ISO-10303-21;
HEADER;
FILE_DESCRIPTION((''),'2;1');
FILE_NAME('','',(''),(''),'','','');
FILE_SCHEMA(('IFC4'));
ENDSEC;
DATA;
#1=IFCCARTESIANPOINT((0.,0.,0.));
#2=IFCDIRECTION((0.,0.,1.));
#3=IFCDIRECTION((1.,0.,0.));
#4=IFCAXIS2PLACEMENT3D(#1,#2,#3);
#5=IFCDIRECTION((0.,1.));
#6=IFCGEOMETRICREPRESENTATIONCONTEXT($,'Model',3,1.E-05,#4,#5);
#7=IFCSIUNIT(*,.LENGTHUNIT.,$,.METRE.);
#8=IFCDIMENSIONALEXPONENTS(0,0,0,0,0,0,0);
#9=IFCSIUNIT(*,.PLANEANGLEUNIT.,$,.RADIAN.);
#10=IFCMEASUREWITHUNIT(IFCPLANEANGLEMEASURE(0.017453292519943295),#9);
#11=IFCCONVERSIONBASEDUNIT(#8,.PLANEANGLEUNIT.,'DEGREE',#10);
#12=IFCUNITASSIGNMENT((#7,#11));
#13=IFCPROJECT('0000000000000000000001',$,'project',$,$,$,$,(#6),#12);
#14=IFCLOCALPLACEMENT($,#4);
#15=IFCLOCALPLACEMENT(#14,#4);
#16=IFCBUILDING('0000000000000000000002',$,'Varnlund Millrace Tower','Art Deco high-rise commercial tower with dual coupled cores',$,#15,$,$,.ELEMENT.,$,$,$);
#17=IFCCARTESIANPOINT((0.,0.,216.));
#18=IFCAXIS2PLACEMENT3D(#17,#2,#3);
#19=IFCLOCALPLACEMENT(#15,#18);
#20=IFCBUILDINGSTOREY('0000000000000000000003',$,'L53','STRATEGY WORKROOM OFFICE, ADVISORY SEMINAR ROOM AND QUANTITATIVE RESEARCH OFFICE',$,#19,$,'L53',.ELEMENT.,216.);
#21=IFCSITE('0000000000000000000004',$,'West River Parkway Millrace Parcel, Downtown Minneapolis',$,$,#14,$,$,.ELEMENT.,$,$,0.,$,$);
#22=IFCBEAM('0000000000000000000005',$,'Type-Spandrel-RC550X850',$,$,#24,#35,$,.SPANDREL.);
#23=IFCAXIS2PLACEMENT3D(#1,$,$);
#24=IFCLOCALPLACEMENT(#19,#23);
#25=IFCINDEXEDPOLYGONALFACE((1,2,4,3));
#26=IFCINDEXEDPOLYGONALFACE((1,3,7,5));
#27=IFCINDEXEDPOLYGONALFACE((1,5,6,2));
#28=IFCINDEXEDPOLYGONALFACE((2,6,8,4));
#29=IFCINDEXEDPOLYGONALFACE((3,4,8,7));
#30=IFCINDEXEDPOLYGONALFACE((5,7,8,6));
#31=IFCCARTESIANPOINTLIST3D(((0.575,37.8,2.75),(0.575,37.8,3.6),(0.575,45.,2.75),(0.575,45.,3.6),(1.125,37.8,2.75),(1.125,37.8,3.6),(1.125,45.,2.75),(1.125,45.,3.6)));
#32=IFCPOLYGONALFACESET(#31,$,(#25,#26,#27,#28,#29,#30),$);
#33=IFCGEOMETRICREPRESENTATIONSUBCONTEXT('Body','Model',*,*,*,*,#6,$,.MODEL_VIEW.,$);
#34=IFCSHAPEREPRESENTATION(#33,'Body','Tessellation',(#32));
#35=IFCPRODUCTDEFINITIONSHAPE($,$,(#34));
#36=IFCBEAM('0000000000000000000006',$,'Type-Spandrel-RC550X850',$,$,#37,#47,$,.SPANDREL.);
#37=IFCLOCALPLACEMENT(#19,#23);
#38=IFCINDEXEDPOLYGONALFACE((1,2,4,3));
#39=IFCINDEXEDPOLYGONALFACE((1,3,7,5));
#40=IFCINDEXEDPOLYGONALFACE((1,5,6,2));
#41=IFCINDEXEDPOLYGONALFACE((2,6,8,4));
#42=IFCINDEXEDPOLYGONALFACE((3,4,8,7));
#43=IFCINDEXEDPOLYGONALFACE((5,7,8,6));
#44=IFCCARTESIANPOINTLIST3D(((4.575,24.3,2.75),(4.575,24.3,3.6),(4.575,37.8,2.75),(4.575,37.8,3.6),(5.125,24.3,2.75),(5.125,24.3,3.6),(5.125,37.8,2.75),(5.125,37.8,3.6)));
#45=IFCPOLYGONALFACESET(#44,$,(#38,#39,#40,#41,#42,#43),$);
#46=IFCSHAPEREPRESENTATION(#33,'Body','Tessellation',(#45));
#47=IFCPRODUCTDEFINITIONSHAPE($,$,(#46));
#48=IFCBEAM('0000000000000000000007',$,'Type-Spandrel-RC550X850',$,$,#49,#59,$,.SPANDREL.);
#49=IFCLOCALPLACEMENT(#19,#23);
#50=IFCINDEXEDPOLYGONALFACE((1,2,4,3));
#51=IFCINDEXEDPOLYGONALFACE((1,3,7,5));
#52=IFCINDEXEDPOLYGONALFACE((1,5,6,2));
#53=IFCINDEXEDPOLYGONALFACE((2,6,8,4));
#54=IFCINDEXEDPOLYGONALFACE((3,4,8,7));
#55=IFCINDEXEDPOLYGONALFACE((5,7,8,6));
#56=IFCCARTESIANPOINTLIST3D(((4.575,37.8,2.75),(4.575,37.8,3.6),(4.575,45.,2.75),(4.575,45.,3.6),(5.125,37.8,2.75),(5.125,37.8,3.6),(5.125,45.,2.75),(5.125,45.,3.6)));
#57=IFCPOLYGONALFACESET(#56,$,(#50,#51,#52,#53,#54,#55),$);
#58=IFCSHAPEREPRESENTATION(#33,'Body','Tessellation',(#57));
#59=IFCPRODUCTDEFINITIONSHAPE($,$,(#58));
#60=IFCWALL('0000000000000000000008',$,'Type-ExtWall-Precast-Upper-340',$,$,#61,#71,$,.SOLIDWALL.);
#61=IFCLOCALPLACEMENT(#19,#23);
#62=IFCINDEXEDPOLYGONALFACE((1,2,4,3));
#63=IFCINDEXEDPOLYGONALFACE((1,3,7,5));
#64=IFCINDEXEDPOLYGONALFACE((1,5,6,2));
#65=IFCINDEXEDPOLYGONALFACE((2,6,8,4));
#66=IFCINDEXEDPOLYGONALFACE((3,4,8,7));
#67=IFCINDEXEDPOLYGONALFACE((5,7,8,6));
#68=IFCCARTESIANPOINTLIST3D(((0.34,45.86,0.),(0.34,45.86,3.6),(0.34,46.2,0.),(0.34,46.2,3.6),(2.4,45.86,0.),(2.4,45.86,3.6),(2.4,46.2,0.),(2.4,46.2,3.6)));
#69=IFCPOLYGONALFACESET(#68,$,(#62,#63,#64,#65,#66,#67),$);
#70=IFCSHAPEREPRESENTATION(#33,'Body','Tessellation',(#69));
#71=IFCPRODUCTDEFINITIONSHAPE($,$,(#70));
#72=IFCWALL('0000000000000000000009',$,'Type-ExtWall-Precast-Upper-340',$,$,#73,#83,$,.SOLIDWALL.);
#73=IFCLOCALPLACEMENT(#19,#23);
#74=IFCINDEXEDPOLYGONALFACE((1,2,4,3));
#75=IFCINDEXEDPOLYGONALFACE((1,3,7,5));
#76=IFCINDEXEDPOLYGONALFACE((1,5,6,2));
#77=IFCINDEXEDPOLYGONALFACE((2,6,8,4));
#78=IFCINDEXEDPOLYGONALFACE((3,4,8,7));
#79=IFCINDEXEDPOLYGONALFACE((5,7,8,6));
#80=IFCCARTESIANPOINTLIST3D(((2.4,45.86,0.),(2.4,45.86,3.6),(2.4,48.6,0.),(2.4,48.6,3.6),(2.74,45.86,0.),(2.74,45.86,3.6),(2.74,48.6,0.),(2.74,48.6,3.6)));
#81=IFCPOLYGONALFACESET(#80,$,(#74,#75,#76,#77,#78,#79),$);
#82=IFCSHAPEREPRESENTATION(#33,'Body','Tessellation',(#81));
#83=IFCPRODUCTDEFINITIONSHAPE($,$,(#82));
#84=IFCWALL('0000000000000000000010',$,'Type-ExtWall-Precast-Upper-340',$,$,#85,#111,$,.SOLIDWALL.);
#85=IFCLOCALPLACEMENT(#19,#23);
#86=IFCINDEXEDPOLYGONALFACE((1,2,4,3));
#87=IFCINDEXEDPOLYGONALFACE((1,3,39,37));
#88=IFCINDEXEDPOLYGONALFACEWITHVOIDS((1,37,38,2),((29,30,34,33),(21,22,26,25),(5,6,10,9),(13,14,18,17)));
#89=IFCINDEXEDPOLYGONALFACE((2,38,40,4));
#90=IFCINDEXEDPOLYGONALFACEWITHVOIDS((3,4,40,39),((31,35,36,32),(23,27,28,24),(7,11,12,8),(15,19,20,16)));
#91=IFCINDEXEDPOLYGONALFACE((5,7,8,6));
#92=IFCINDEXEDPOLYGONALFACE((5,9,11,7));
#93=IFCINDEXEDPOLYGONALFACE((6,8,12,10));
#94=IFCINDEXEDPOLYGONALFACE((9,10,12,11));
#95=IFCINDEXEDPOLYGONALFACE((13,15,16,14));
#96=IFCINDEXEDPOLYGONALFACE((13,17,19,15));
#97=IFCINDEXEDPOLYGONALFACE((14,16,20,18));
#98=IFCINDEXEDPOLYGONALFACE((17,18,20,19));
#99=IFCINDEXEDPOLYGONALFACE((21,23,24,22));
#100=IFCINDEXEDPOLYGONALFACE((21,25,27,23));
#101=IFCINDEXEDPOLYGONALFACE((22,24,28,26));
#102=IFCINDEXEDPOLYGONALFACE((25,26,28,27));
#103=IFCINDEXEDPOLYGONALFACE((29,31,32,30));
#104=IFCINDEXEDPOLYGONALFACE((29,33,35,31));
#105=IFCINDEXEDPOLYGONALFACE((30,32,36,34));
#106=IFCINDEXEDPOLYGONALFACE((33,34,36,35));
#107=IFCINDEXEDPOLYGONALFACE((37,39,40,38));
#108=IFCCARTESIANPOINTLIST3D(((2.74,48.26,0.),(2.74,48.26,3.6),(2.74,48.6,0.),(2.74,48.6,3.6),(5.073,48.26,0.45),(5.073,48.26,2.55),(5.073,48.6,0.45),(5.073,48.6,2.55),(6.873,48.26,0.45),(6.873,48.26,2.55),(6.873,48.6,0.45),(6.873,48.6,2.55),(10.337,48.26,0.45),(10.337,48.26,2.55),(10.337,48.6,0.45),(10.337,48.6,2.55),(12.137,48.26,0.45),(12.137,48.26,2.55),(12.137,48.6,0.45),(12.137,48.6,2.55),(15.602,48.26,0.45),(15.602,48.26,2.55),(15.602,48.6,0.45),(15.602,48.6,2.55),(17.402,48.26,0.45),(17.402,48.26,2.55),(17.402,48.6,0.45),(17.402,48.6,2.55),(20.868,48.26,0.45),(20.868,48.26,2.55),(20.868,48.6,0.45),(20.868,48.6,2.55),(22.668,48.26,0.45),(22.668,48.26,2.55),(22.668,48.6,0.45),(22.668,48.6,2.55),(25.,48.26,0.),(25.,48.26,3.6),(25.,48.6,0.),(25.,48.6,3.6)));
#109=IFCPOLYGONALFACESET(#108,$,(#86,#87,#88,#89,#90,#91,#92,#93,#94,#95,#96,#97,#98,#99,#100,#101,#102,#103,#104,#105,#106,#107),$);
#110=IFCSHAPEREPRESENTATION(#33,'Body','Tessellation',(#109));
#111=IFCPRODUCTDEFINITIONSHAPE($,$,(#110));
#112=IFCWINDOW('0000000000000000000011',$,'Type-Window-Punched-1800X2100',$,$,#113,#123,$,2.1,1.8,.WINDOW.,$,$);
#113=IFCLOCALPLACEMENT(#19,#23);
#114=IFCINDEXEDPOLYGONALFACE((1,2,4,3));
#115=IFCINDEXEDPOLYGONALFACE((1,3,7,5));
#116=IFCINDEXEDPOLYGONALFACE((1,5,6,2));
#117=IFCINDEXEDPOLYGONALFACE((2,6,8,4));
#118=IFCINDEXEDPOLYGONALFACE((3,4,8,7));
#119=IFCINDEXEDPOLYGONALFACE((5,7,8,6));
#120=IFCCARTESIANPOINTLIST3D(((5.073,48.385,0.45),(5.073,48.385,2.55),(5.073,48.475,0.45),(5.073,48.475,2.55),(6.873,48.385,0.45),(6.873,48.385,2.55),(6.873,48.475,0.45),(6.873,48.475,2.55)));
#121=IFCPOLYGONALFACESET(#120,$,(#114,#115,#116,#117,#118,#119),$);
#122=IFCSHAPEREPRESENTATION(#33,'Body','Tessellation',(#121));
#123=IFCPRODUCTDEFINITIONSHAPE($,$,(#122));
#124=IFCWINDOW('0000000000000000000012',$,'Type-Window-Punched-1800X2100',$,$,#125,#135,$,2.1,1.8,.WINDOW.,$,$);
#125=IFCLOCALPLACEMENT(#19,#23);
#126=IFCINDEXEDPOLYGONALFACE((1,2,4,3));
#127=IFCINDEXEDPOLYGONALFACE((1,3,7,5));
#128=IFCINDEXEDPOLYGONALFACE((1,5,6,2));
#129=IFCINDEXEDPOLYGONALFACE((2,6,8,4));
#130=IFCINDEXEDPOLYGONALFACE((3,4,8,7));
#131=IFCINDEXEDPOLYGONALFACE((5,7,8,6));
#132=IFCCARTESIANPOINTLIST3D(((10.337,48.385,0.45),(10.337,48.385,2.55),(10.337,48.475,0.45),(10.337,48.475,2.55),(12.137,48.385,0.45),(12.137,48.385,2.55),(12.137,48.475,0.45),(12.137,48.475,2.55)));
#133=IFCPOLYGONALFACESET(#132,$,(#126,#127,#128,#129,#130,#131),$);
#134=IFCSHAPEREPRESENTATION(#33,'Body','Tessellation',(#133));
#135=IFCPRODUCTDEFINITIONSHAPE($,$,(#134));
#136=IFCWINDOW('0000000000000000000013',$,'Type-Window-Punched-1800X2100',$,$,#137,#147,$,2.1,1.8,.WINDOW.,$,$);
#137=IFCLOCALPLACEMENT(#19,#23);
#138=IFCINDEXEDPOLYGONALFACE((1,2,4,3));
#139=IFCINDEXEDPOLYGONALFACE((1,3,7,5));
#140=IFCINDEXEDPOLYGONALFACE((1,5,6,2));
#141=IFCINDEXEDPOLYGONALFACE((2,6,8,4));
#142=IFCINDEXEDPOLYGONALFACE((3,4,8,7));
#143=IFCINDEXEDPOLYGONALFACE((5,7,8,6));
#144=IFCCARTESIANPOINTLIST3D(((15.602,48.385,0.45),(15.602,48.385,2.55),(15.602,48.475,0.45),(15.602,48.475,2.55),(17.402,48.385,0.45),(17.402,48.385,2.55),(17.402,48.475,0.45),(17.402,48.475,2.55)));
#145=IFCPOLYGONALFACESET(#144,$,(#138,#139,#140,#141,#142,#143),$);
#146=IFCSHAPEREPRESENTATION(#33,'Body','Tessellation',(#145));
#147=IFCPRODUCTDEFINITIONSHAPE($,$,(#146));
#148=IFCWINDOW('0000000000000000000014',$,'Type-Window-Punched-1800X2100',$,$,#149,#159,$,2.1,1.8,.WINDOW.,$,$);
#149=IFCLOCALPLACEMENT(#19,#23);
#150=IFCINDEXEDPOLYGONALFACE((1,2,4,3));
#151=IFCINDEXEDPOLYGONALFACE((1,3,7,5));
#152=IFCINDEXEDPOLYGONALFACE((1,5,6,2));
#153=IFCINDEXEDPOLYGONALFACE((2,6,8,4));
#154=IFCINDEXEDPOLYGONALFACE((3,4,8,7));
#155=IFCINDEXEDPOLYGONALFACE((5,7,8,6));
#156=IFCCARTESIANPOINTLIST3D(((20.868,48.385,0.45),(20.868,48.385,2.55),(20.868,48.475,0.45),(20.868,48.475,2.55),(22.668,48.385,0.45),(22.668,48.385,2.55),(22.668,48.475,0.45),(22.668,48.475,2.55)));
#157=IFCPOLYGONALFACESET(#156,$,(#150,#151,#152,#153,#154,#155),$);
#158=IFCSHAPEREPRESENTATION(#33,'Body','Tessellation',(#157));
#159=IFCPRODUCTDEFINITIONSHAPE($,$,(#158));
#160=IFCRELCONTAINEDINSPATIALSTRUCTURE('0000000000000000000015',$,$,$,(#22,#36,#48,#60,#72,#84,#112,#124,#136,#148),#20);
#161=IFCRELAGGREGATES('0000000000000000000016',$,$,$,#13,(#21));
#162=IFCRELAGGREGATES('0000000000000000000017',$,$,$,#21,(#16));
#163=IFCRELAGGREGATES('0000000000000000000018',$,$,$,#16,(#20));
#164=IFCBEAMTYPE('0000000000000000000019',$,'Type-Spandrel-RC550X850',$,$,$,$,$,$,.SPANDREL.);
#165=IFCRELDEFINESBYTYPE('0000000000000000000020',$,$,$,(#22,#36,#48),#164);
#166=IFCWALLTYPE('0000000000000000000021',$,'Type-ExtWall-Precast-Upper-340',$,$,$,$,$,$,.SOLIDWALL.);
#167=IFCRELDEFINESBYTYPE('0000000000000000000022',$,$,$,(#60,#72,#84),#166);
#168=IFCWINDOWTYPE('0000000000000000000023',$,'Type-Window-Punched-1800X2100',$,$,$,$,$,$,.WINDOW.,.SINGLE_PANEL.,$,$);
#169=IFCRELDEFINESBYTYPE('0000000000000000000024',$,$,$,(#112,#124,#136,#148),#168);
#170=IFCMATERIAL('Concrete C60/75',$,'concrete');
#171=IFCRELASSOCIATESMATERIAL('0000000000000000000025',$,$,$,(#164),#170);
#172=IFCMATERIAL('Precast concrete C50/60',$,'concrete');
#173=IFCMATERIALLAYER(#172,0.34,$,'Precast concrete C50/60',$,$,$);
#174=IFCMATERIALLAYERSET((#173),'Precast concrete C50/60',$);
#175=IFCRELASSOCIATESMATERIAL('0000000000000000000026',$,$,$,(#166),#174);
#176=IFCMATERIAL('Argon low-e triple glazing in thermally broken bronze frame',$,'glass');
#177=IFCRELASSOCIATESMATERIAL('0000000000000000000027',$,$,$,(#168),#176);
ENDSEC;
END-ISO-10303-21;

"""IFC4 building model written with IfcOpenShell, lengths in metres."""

from ifc_helpers import new_model, entity, si_unit, converted_unit, direction, frame, origin_with_axes, origin_2d_with_axis, place, context, subcontext, project, spatial, polyline, rectangle, outline, extrude, material, layer, layer_set, material_profile, profile_set, type_object, element, fill, save


model = new_model("IFC4")

# Units and contexts
model_context = context("Model", 3, precision=1e-05, world=origin_with_axes(), true_north=direction((0.0, 1.0)))
body_context = subcontext(model_context, "Body", "Model", "MODEL_VIEW")
ifc_project = project(units=[si_unit("LENGTHUNIT", "METRE"), converted_unit("PLANEANGLEUNIT", "DEGREE", entity("IfcPlaneAngleMeasure", 0.017453292519943295), si_unit("PLANEANGLEUNIT", "RADIAN"), dimensions=[0, 0, 0, 0, 0, 0, 0])], contexts=[model_context])

# Site, building, storey
site_placement = place(None, origin_with_axes())
site = spatial("IfcSite", under=ifc_project, at=site_placement, Name="West River Parkway Millrace Parcel, Downtown Minneapolis", CompositionType="ELEMENT", RefElevation=0.0)
building_placement = place(site_placement, origin_with_axes())
building = spatial("IfcBuilding", under=site, at=building_placement, Name="Varnlund Millrace Tower", Description="Art Deco high-rise commercial tower with dual coupled cores", CompositionType="ELEMENT")
storey_placement = place(building_placement, frame((0.0, 0.0, 216.0), z_axis=(0.0, 0.0, 1.0), x_axis=(1.0, 0.0, 0.0)))
storey = spatial("IfcBuildingStorey", under=building, at=storey_placement, Name="L53", Description="STRATEGY WORKROOM OFFICE, ADVISORY SEMINAR ROOM AND QUANTITATIVE RESEARCH OFFICE", LongName="L53", CompositionType="ELEMENT", Elevation=216.0)

# Beams
ifc_material_1 = material(Name="Concrete C60/75", Category="concrete")
ifc_material_profile_1 = material_profile(ifc_material_1, rectangle(XDim=0.55, YDim=0.85, at=origin_2d_with_axis()), Name="Concrete C60/75")
ifc_profile_set_1 = profile_set([ifc_material_profile_1], Name="Concrete C60/75")
beam_type_1 = type_object("IfcBeamType", Name="Type-Spandrel-RC550X850", PredefinedType="SPANDREL", material=ifc_profile_set_1)
beam_1_placement = place(storey_placement, frame((0.85, 37.8, 3.175), z_axis=(0.0, 1.0, 0.0), x_axis=(-1.0, 0.0, 0.0)))
element("IfcBeam", 1, at=beam_1_placement, inside=storey, type_object=beam_type_1, Name="Type-Spandrel-RC550X850", PredefinedType="SPANDREL", context=body_context, shape_type="SweptSolid", body=[
    extrude(rectangle(XDim=0.55, YDim=0.85, at=origin_2d_with_axis()), origin_with_axes(), (0.0, 0.0, 1.0), 7.2),
])
beam_2_placement = place(storey_placement, frame((4.85, 24.3, 3.175), z_axis=(0.0, 1.0, 0.0), x_axis=(-1.0, 0.0, 0.0)))
element("IfcBeam", 2, at=beam_2_placement, inside=storey, type_object=beam_type_1, Name="Type-Spandrel-RC550X850", PredefinedType="SPANDREL", context=body_context, shape_type="SweptSolid", body=[
    extrude(rectangle(XDim=0.55, YDim=0.85, at=origin_2d_with_axis()), origin_with_axes(), (0.0, 0.0, 1.0), 13.5),
])
beam_3_placement = place(storey_placement, frame((4.85, 37.8, 3.175), z_axis=(0.0, 1.0, 0.0), x_axis=(-1.0, 0.0, 0.0)))
element("IfcBeam", 3, at=beam_3_placement, inside=storey, type_object=beam_type_1, Name="Type-Spandrel-RC550X850", PredefinedType="SPANDREL", context=body_context, shape_type="SweptSolid", body=[
    extrude(rectangle(XDim=0.55, YDim=0.85, at=origin_2d_with_axis()), origin_with_axes(), (0.0, 0.0, 1.0), 7.2),
])

# Walls
ifc_material_2 = material(Name="Precast concrete C50/60", Category="concrete")
ifc_layer = layer(ifc_material_2, 0.34, Name="Precast concrete C50/60")
ifc_layer_set = layer_set([ifc_layer], Name="Precast concrete C50/60")
wall_type = type_object("IfcWallType", Name="Type-ExtWall-Precast-Upper-340", PredefinedType="SOLIDWALL", material=ifc_layer_set)
wall_1_placement = place(storey_placement, frame((0.34, 46.03, 0.0), z_axis=(0.0, 0.0, 1.0), x_axis=(1.0, 0.0, 0.0)))
element("IfcWall", 4, at=wall_1_placement, inside=storey, type_object=wall_type, Name="Type-ExtWall-Precast-Upper-340", PredefinedType="SOLIDWALL", context=body_context, shape_type="SweptSolid", body=[
    extrude(outline(polyline([(0.0, -0.17), (2.06, -0.17), (2.06, 0.17), (0.0, 0.17), (0.0, -0.17)])), origin_with_axes(), (0.0, 0.0, 1.0), 3.6),
])
wall_2_placement = place(storey_placement, frame((2.57, 45.86, 0.0), z_axis=(0.0, 0.0, 1.0), x_axis=(0.0, 1.0, 0.0)))
element("IfcWall", 5, at=wall_2_placement, inside=storey, type_object=wall_type, Name="Type-ExtWall-Precast-Upper-340", PredefinedType="SOLIDWALL", context=body_context, shape_type="SweptSolid", body=[
    extrude(outline(polyline([(0.0, -0.17), (2.74, -0.17), (2.74, 0.17), (0.0, 0.17), (0.0, -0.17)])), origin_with_axes(), (0.0, 0.0, 1.0), 3.6),
])

# Wall, openings, windows
wall_3_placement = place(storey_placement, frame((2.74, 48.43, 0.0), z_axis=(0.0, 0.0, 1.0), x_axis=(1.0, 0.0, 0.0)))
wall_3 = element("IfcWall", 6, at=wall_3_placement, inside=storey, type_object=wall_type, Name="Type-ExtWall-Precast-Upper-340", PredefinedType="SOLIDWALL", context=body_context, shape_type="SweptSolid", body=[
    extrude(outline(polyline([(0.0, -0.17), (22.26, -0.17), (22.26, 0.17), (0.0, 0.17), (0.0, -0.17)])), origin_with_axes(), (0.0, 0.0, 1.0), 3.6),
])
opening_1_placement = place(wall_3_placement, frame((3.233, 0.0, 0.45), z_axis=(0.0, 0.0, 1.0), x_axis=(1.0, 0.0, 0.0)))
opening_1 = element("IfcOpeningElement", 7, at=opening_1_placement, cuts=wall_3, PredefinedType="OPENING", context=body_context, shape_type="SweptSolid", body=[
    extrude(rectangle(XDim=1.8, YDim=0.36, at=origin_2d_with_axis()), origin_with_axes(), (0.0, 0.0, 1.0), 2.1),
])
opening_2_placement = place(wall_3_placement, frame((8.497, 0.0, 0.45), z_axis=(0.0, 0.0, 1.0), x_axis=(1.0, 0.0, 0.0)))
opening_2 = element("IfcOpeningElement", 8, at=opening_2_placement, cuts=wall_3, PredefinedType="OPENING", context=body_context, shape_type="SweptSolid", body=[
    extrude(rectangle(XDim=1.8, YDim=0.36, at=origin_2d_with_axis()), origin_with_axes(), (0.0, 0.0, 1.0), 2.1),
])
opening_3_placement = place(wall_3_placement, frame((13.762, 0.0, 0.45), z_axis=(0.0, 0.0, 1.0), x_axis=(1.0, 0.0, 0.0)))
opening_3 = element("IfcOpeningElement", 9, at=opening_3_placement, cuts=wall_3, PredefinedType="OPENING", context=body_context, shape_type="SweptSolid", body=[
    extrude(rectangle(XDim=1.8, YDim=0.36, at=origin_2d_with_axis()), origin_with_axes(), (0.0, 0.0, 1.0), 2.1),
])
opening_4_placement = place(wall_3_placement, frame((19.028, 0.0, 0.45), z_axis=(0.0, 0.0, 1.0), x_axis=(1.0, 0.0, 0.0)))
opening_4 = element("IfcOpeningElement", 10, at=opening_4_placement, cuts=wall_3, PredefinedType="OPENING", context=body_context, shape_type="SweptSolid", body=[
    extrude(rectangle(XDim=1.8, YDim=0.36, at=origin_2d_with_axis()), origin_with_axes(), (0.0, 0.0, 1.0), 2.1),
])
ifc_material_3 = material(Name="Argon low-e triple glazing in thermally broken bronze frame", Category="glass")
window_type = type_object("IfcWindowType", Name="Type-Window-Punched-1800X2100", PartitioningType="SINGLE_PANEL", PredefinedType="WINDOW", material=ifc_material_3)
window_1_placement = place(wall_3_placement, frame((3.233, 0.0, 0.45), z_axis=(0.0, 0.0, 1.0), x_axis=(1.0, 0.0, 0.0)))
window_1 = element("IfcWindow", 11, at=window_1_placement, inside=storey, type_object=window_type, Name="Type-Window-Punched-1800X2100", OverallHeight=2.1, OverallWidth=1.8, PredefinedType="WINDOW", context=body_context, shape_type="SweptSolid", body=[
    extrude(rectangle(XDim=1.8, YDim=0.09, at=origin_2d_with_axis()), origin_with_axes(), (0.0, 0.0, 1.0), 2.1),
])
fill(opening_1, window_1)
window_2_placement = place(wall_3_placement, frame((8.497, 0.0, 0.45), z_axis=(0.0, 0.0, 1.0), x_axis=(1.0, 0.0, 0.0)))
window_2 = element("IfcWindow", 12, at=window_2_placement, inside=storey, type_object=window_type, Name="Type-Window-Punched-1800X2100", OverallHeight=2.1, OverallWidth=1.8, PredefinedType="WINDOW", context=body_context, shape_type="SweptSolid", body=[
    extrude(rectangle(XDim=1.8, YDim=0.09, at=origin_2d_with_axis()), origin_with_axes(), (0.0, 0.0, 1.0), 2.1),
])
fill(opening_2, window_2)
window_3_placement = place(wall_3_placement, frame((13.762, 0.0, 0.45), z_axis=(0.0, 0.0, 1.0), x_axis=(1.0, 0.0, 0.0)))
window_3 = element("IfcWindow", 13, at=window_3_placement, inside=storey, type_object=window_type, Name="Type-Window-Punched-1800X2100", OverallHeight=2.1, OverallWidth=1.8, PredefinedType="WINDOW", context=body_context, shape_type="SweptSolid", body=[
    extrude(rectangle(XDim=1.8, YDim=0.09, at=origin_2d_with_axis()), origin_with_axes(), (0.0, 0.0, 1.0), 2.1),
])
fill(opening_3, window_3)
window_4_placement = place(wall_3_placement, frame((19.028, 0.0, 0.45), z_axis=(0.0, 0.0, 1.0), x_axis=(1.0, 0.0, 0.0)))
window_4 = element("IfcWindow", 14, at=window_4_placement, inside=storey, type_object=window_type, Name="Type-Window-Punched-1800X2100", OverallHeight=2.1, OverallWidth=1.8, PredefinedType="WINDOW", context=body_context, shape_type="SweptSolid", body=[
    extrude(rectangle(XDim=1.8, YDim=0.09, at=origin_2d_with_axis()), origin_with_axes(), (0.0, 0.0, 1.0), 2.1),
])
fill(opening_4, window_4)

save(model, "model.ifc")
